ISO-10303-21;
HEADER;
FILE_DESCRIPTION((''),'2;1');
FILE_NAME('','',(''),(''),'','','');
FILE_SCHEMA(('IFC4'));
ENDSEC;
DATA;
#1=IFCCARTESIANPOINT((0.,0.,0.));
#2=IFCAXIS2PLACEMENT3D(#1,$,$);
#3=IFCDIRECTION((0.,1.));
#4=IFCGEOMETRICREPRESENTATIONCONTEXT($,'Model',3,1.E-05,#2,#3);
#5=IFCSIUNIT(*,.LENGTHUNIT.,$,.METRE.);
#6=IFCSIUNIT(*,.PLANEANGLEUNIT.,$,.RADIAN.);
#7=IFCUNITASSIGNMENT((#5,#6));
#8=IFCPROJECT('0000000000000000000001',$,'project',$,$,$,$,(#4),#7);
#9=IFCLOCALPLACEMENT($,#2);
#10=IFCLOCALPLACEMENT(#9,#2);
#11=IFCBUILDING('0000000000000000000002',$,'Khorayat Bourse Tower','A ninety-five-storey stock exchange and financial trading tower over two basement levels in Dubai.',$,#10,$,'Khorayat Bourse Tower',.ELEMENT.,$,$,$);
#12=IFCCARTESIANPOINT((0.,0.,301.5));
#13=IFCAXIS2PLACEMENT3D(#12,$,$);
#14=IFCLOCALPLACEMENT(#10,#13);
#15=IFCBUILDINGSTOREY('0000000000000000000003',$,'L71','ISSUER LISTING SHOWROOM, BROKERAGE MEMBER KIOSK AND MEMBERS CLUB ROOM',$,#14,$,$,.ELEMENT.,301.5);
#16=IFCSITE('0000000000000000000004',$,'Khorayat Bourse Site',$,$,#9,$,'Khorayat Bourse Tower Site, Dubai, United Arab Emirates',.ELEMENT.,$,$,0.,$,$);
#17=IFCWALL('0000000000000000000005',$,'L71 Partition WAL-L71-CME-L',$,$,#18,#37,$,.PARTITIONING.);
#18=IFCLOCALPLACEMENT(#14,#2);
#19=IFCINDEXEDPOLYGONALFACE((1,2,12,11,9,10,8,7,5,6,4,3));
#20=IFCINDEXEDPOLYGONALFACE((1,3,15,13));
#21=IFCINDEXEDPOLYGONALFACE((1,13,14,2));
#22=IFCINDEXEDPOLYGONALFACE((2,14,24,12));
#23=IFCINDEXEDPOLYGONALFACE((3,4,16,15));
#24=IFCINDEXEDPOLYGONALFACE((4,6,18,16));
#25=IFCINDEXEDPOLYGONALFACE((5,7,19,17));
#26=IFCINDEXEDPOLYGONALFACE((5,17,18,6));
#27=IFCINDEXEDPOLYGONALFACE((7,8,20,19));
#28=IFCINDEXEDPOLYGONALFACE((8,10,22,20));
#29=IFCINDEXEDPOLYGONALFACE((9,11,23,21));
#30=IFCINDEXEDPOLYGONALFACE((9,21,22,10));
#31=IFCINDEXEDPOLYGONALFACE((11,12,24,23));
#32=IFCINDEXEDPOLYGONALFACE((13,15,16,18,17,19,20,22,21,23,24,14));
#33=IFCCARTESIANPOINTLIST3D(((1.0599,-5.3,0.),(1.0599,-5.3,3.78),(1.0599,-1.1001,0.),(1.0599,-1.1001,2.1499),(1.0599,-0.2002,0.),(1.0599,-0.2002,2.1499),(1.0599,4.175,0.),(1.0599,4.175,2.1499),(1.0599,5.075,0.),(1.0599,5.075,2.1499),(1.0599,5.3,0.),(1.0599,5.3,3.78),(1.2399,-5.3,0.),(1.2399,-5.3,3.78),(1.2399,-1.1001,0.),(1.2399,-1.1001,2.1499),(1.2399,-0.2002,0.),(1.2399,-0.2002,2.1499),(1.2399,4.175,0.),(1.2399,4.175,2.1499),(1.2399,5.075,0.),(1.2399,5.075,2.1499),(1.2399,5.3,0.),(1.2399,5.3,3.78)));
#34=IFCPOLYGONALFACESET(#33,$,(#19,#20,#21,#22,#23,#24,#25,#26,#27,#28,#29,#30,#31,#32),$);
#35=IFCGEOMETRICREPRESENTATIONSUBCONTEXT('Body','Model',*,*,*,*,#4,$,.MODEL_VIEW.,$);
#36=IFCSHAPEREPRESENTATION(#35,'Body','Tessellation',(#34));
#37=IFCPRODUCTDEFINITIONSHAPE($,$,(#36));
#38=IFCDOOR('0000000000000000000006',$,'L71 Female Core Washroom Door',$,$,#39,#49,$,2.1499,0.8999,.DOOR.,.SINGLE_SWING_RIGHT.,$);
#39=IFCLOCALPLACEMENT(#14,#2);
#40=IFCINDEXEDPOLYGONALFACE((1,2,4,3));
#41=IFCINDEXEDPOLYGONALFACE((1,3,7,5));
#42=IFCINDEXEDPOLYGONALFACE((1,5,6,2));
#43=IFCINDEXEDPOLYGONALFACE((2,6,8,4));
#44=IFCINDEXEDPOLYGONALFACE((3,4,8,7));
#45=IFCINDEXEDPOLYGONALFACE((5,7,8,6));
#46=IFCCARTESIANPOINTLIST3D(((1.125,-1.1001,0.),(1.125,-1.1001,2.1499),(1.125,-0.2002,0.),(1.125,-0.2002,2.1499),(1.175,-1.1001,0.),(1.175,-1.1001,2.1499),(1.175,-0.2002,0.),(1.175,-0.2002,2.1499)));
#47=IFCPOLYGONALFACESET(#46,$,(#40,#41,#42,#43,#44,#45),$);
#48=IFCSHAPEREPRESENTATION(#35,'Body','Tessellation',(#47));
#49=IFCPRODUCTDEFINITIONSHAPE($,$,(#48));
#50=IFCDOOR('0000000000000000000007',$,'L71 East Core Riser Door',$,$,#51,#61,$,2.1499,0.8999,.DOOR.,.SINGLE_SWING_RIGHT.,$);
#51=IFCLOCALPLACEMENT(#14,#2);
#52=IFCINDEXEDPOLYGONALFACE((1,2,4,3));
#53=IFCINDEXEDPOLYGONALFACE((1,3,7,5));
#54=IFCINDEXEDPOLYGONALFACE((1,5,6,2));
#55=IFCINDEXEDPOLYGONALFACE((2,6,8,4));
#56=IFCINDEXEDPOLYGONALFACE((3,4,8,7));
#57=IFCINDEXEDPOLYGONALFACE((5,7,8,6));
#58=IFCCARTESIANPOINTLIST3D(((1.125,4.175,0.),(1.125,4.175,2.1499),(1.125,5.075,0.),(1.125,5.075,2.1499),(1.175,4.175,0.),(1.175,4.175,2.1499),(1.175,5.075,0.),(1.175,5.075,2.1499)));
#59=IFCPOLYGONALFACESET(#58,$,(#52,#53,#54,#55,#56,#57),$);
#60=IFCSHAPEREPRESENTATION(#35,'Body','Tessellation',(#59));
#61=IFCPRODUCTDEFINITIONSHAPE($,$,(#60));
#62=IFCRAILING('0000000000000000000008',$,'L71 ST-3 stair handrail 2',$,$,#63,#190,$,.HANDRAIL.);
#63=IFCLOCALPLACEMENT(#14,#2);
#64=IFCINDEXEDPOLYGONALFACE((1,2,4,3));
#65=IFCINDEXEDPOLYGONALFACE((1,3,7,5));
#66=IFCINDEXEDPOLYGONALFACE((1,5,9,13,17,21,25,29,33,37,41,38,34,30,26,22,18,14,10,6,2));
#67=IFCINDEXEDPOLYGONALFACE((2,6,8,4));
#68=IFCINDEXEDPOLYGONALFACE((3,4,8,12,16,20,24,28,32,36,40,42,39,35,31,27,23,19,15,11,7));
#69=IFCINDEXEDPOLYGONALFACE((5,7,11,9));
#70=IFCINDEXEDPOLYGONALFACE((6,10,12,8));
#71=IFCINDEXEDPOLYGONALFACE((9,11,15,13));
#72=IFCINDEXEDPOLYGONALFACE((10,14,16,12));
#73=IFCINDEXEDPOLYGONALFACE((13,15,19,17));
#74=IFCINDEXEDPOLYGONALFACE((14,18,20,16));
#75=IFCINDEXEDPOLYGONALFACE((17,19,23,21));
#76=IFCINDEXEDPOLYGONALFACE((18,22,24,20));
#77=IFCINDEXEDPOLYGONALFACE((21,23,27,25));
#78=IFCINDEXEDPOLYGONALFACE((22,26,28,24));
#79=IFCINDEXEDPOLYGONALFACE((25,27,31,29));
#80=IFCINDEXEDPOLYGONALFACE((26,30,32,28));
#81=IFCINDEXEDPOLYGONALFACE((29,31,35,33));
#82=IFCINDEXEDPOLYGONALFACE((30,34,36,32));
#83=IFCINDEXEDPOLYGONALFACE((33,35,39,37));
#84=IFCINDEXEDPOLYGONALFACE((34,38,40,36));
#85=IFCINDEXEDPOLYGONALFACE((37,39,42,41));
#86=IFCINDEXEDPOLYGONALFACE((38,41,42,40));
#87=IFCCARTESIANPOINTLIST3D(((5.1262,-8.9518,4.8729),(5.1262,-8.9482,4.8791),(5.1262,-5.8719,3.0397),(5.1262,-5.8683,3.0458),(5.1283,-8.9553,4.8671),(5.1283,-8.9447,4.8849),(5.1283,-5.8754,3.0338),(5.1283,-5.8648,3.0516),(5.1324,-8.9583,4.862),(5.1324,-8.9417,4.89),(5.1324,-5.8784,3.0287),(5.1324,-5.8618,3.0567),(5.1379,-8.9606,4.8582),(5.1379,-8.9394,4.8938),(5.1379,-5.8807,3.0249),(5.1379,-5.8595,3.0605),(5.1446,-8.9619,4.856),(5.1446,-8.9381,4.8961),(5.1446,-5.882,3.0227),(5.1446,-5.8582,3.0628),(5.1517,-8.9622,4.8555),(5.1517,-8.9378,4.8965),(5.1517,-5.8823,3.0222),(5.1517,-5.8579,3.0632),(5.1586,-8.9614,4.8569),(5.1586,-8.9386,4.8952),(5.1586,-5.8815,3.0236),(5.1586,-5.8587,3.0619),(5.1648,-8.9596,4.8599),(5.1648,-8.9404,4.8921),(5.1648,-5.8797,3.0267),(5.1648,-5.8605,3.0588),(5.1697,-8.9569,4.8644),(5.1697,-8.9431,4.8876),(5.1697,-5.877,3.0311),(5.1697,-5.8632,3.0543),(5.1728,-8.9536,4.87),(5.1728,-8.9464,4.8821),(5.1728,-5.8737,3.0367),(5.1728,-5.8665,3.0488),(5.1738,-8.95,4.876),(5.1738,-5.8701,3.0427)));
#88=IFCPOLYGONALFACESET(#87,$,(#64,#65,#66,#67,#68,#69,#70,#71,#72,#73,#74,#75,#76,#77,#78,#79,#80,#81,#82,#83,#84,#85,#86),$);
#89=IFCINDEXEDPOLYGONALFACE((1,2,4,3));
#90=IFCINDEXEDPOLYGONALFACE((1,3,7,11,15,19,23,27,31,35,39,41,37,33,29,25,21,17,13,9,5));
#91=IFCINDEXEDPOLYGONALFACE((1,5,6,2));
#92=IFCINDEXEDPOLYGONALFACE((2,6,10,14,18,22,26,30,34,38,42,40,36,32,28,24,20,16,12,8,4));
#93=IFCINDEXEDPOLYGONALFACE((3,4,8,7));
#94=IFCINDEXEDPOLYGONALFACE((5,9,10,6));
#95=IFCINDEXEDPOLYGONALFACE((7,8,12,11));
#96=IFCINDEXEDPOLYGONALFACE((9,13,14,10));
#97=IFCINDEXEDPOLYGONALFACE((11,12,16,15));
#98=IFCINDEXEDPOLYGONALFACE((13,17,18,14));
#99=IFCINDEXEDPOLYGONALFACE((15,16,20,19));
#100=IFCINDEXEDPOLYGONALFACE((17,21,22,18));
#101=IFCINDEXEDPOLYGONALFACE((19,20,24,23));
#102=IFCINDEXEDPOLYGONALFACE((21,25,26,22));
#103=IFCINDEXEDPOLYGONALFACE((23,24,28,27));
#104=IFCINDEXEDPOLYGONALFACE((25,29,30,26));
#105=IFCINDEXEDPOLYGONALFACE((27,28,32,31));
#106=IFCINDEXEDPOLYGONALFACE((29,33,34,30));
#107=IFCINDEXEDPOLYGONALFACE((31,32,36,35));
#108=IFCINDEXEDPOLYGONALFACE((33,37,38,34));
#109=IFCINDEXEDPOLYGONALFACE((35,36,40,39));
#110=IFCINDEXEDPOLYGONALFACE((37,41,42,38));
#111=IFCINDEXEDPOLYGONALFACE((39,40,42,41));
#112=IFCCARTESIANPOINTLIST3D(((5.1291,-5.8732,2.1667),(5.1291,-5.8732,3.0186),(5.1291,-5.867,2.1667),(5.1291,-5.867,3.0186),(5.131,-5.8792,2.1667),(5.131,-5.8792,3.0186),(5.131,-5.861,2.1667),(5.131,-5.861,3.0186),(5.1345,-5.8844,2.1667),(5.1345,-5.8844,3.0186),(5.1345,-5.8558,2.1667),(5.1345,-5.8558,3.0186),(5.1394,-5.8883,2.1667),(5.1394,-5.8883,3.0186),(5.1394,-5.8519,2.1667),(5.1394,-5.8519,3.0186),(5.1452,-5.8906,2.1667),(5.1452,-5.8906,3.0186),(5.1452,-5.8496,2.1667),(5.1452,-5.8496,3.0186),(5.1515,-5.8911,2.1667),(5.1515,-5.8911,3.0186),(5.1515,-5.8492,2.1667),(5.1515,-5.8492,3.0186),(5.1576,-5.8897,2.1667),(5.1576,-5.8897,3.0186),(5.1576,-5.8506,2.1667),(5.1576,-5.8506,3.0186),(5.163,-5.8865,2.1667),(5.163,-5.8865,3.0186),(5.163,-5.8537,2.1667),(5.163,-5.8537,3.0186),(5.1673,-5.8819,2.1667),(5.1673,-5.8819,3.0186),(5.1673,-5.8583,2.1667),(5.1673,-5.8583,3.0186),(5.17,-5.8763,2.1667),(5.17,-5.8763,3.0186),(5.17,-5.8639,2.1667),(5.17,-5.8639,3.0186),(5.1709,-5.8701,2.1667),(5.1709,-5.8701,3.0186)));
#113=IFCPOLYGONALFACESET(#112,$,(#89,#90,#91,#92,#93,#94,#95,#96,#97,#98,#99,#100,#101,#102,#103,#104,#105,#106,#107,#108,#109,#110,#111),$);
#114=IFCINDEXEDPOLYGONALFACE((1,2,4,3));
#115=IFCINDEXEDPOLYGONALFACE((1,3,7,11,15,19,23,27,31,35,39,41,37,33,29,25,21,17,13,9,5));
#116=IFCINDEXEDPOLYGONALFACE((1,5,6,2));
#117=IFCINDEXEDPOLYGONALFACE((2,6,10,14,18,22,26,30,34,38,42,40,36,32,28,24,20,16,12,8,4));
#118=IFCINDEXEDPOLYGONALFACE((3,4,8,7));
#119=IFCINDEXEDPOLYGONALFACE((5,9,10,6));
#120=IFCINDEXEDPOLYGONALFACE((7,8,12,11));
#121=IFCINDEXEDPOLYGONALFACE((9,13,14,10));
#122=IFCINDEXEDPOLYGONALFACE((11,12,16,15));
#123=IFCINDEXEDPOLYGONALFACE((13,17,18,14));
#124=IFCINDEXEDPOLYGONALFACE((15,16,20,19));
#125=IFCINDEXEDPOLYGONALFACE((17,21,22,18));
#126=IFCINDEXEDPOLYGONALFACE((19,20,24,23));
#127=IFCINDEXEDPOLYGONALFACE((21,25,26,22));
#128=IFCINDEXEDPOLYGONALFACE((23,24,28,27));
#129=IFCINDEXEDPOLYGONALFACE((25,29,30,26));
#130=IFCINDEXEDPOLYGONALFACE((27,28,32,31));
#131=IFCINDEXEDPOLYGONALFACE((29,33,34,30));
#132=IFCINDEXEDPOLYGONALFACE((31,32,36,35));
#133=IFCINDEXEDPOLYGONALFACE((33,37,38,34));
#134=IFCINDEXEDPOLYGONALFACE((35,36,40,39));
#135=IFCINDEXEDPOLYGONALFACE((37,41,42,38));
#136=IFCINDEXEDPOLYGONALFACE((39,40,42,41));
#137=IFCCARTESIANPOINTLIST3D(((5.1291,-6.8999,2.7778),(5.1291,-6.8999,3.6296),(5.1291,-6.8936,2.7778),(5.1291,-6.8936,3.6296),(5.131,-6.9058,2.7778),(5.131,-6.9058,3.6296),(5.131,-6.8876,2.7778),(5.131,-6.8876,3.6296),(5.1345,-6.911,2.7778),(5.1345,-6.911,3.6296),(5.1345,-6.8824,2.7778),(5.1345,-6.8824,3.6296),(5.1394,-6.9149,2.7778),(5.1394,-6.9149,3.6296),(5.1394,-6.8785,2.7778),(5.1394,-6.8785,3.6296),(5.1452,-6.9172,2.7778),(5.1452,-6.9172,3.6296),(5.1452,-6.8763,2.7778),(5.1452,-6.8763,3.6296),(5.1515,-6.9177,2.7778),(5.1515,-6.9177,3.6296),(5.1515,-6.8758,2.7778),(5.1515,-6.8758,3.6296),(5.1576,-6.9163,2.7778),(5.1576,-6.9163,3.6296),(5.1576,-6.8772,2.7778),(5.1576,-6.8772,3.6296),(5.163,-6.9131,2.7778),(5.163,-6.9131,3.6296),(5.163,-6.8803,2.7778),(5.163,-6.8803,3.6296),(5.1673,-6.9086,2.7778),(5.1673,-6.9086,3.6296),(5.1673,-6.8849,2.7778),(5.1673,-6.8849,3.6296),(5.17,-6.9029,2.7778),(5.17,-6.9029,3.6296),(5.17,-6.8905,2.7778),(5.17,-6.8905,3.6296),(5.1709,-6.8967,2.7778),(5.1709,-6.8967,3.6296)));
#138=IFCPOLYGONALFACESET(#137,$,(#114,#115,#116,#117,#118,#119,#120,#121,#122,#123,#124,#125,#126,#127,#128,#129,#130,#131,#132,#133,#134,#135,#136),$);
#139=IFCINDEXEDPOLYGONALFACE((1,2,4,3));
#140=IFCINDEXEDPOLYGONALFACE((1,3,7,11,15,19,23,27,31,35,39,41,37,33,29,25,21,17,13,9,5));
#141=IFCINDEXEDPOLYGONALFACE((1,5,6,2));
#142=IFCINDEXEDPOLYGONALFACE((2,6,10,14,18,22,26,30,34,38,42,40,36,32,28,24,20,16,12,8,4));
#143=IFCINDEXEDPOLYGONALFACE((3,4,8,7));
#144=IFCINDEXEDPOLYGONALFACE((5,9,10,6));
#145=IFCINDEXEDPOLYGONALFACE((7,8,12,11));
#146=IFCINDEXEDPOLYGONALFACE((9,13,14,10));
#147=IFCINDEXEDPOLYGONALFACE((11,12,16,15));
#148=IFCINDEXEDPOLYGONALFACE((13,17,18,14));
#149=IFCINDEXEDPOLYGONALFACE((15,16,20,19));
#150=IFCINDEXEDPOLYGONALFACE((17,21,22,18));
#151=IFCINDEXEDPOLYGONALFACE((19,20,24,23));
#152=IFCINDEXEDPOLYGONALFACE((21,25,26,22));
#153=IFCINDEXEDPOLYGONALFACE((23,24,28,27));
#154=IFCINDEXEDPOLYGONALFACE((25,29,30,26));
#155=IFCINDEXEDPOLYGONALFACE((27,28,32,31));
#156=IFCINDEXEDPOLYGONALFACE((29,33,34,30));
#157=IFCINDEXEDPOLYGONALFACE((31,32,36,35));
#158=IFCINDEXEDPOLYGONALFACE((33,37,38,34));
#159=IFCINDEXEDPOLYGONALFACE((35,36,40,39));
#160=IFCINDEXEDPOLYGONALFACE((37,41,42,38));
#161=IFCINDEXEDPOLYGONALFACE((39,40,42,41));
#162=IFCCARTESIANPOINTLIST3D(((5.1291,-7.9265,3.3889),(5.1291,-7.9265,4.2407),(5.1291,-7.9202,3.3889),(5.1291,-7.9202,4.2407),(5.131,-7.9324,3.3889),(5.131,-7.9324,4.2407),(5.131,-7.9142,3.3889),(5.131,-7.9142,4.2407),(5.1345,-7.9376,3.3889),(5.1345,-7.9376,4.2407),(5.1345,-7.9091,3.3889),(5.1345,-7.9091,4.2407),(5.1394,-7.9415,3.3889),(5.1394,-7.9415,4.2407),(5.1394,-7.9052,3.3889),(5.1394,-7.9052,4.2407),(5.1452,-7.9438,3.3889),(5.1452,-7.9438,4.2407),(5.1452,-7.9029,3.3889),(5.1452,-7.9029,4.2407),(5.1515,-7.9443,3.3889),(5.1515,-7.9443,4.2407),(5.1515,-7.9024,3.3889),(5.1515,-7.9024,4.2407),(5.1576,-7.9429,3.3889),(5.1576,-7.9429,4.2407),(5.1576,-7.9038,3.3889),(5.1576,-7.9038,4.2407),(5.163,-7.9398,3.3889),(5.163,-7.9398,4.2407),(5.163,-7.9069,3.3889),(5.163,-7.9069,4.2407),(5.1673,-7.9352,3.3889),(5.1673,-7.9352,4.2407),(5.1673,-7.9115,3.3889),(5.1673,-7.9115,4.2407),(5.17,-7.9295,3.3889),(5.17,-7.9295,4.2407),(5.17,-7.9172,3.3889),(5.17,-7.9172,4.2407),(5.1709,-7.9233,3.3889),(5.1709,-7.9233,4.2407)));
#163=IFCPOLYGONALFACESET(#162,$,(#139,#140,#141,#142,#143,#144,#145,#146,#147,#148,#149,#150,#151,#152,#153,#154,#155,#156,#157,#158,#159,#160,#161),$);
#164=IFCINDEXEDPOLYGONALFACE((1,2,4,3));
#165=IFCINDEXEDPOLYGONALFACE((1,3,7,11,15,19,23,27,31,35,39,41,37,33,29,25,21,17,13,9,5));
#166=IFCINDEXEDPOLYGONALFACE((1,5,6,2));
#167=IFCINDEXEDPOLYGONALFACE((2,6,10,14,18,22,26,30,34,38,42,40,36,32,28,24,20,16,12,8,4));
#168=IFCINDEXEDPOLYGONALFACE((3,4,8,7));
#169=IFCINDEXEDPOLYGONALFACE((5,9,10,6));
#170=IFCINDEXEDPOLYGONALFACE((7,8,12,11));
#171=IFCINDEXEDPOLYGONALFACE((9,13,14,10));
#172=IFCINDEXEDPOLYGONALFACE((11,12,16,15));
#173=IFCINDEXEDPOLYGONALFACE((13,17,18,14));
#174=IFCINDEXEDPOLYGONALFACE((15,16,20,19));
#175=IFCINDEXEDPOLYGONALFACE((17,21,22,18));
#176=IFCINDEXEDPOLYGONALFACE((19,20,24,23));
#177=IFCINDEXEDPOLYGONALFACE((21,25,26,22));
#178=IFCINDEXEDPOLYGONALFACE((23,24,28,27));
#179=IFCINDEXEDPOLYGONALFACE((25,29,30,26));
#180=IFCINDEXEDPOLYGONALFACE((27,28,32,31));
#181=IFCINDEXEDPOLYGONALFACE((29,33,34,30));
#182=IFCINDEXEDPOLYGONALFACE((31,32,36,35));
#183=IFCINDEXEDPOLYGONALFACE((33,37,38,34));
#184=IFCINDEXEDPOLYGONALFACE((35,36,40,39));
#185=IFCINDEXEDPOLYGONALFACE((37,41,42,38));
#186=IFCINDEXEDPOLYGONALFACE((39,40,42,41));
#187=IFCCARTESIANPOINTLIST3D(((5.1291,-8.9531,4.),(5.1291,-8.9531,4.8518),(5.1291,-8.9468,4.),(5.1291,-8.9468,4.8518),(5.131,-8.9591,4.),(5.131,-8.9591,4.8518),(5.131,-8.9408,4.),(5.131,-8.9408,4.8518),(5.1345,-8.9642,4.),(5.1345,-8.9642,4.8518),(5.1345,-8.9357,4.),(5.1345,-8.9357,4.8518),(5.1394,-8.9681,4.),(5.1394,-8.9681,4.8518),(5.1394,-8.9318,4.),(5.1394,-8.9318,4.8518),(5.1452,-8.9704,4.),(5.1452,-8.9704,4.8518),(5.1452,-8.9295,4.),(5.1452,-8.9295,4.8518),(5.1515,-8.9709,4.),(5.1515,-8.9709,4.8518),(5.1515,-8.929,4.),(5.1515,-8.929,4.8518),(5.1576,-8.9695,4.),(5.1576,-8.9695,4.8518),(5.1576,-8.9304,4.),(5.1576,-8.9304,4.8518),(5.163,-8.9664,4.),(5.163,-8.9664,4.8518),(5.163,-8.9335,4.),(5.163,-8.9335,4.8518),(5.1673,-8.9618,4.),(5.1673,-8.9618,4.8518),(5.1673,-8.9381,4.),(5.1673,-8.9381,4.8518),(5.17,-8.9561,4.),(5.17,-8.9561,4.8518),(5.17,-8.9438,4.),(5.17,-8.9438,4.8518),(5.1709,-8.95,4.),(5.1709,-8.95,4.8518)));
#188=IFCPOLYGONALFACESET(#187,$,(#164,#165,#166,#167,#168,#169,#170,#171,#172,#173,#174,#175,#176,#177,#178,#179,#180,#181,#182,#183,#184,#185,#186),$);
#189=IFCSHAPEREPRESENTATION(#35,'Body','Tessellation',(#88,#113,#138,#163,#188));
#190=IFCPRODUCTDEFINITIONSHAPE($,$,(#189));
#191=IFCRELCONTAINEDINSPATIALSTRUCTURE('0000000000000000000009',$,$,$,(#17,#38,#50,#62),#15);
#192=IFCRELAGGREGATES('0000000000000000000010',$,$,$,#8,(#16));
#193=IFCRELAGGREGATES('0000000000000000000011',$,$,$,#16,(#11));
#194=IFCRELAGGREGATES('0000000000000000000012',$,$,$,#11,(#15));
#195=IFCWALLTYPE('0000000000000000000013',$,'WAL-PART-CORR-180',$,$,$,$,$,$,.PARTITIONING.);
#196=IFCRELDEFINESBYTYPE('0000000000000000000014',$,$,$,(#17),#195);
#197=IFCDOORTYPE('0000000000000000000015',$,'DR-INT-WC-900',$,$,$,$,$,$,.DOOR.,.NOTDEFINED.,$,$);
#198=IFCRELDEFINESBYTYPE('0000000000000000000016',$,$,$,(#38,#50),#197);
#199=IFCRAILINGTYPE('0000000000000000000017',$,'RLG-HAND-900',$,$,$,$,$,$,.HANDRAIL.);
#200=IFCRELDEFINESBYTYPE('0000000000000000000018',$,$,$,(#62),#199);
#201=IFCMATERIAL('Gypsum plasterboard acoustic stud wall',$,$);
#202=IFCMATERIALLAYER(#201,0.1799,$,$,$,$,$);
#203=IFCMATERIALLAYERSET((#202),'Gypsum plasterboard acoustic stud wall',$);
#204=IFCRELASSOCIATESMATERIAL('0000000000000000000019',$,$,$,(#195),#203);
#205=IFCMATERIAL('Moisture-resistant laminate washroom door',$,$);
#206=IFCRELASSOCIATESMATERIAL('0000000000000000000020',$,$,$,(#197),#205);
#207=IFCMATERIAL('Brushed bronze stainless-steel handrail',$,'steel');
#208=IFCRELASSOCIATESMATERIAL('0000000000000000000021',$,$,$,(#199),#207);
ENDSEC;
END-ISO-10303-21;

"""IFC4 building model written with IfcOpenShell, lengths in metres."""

from ifc_helpers import new_model, si_unit, direction, frame, frame_2d, origin, origin_2d, place, context, subcontext, project, spatial, rectangle, circle, extrude, source, transform, mapped, material, layer, layer_set, type_object, element, fill, save


model = new_model("IFC4")

# Units and contexts
model_context = context("Model", 3, precision=1e-05, world=origin(), true_north=direction((0.0, 1.0)))
body_context = subcontext(model_context, "Body", "Model", "MODEL_VIEW")
ifc_project = project(units=[si_unit("LENGTHUNIT", "METRE"), si_unit("PLANEANGLEUNIT", "RADIAN")], contexts=[model_context])

# Site, building, storey
site_placement = place(None, origin())
site = spatial("IfcSite", under=ifc_project, at=site_placement, Name="Khorayat Bourse Site", LongName="Khorayat Bourse Tower Site, Dubai, United Arab Emirates", CompositionType="ELEMENT", RefElevation=0.0)
building_placement = place(site_placement, origin())
building = spatial("IfcBuilding", under=site, at=building_placement, Name="Khorayat Bourse Tower", Description="A ninety-five-storey stock exchange and financial trading tower over two basement levels in Dubai.", LongName="Khorayat Bourse Tower", CompositionType="ELEMENT")
storey_placement = place(building_placement, frame((0.0, 0.0, 301.5)))
storey = spatial("IfcBuildingStorey", under=building, at=storey_placement, Name="L71", Description="ISSUER LISTING SHOWROOM, BROKERAGE MEMBER KIOSK AND MEMBERS CLUB ROOM", CompositionType="ELEMENT", Elevation=301.5)

# Shared definitions
ifc_material_1 = material(Name="Gypsum plasterboard acoustic stud wall")
ifc_layer_1 = layer(ifc_material_1, 0.1799)
ifc_layer_set_1 = layer_set([ifc_layer_1], Name="Gypsum plasterboard acoustic stud wall")
wall_type_1 = type_object("IfcWallType", Name="WAL-PART-CORR-180", PredefinedType="PARTITIONING", material=ifc_layer_set_1)
shared_shape_1 = source(origin(), body_context, "Body", "SweptSolid", [
    extrude(rectangle(XDim=0.8999, YDim=2.1499, at=frame_2d((0.45, 1.075))), frame((0.0, 0.0999, 0.0), z_axis=(0.0, -1.0, 0.0), x_axis=(1.0, 0.0, 0.0)), (0.0, 0.0, 1.0), 0.2),
])
ifc_material_2 = material(Name="Moisture-resistant laminate washroom door")
door_type = type_object("IfcDoorType", Name="DR-INT-WC-900", OperationType="NOTDEFINED", PredefinedType="DOOR", material=ifc_material_2)
shared_shape_2 = source(origin(), body_context, "Body", "SweptSolid", [
    extrude(rectangle(XDim=0.8999, YDim=2.1499, at=frame_2d((0.45, 1.075))), frame((0.0, 0.0249, 0.0), z_axis=(0.0, -1.0, 0.0), x_axis=(1.0, 0.0, 0.0)), (0.0, 0.0, 1.0), 0.05),
])

# Wall, openings, doors
shared_shape_3 = source(origin(), body_context, "Body", "SweptSolid", [
    extrude(rectangle(XDim=10.6001, YDim=0.1799, at=frame_2d((5.3, 0.0))), origin(), (0.0, 0.0, 1.0), 3.78),
])
wall_1_placement = place(storey_placement, frame((1.1499, -5.3, 0.0), z_axis=(0.0, 0.0, 1.0), x_axis=(0.0, 1.0, 0.0)))
wall_1 = element("IfcWall", 1, at=wall_1_placement, inside=storey, type_object=wall_type_1, Name="L71 Partition WAL-L71-CME-L", PredefinedType="PARTITIONING", context=body_context, shape_type="MappedRepresentation", body=[
    mapped(shared_shape_3, transform((0.0, 0.0, 0.0), scale=1.0)),
])
opening_1_placement = place(wall_1_placement, frame((4.2, 0.0, 0.0)))
opening_1 = element("IfcOpeningElement", 2, at=opening_1_placement, cuts=wall_1, PredefinedType="OPENING", context=body_context, shape_type="MappedRepresentation", body=[
    mapped(shared_shape_1, transform((0.0, 0.0, 0.0), scale=1.0)),
])
opening_2_placement = place(wall_1_placement, frame((9.4751, 0.0, 0.0)))
opening_2 = element("IfcOpeningElement", 3, at=opening_2_placement, cuts=wall_1, PredefinedType="OPENING", context=body_context, shape_type="MappedRepresentation", body=[
    mapped(shared_shape_1, transform((0.0, 0.0, 0.0), scale=1.0)),
])
door_1_placement = place(opening_1_placement, origin())
door_1 = element("IfcDoor", 4, at=door_1_placement, inside=storey, type_object=door_type, Name="L71 Female Core Washroom Door", OperationType="SINGLE_SWING_RIGHT", OverallHeight=2.1499, OverallWidth=0.8999, PredefinedType="DOOR", context=body_context, shape_type="MappedRepresentation", body=[
    mapped(shared_shape_2, transform((0.0, 0.0, 0.0), scale=1.0)),
])
fill(opening_1, door_1)
door_2_placement = place(opening_2_placement, origin())
door_2 = element("IfcDoor", 5, at=door_2_placement, inside=storey, type_object=door_type, Name="L71 East Core Riser Door", OperationType="SINGLE_SWING_RIGHT", OverallHeight=2.1499, OverallWidth=0.8999, PredefinedType="DOOR", context=body_context, shape_type="MappedRepresentation", body=[
    mapped(shared_shape_2, transform((0.0, 0.0, 0.0), scale=1.0)),
])
fill(opening_2, door_2)

# Railing
ifc_material_3 = material(Name="Brushed bronze stainless-steel handrail", Category="steel")
railing_type = type_object("IfcRailingType", Name="RLG-HAND-900", PredefinedType="HANDRAIL", material=ifc_material_3)
shared_shape_4 = source(origin(), body_context, "Body", "SweptSolid", [
    extrude(circle(Radius=0.0239, at=origin_2d()), frame((0.0, 0.0, 0.876), z_axis=(0.0, -0.859291, 0.511487), x_axis=(1.0, 0.0, 0.0)), (0.0, 0.0, 1.0), 3.5842),
    extrude(circle(Radius=0.021, at=origin_2d()), origin(), (0.0, 0.0, 1.0), 0.8518),
    extrude(circle(Radius=0.021, at=origin_2d()), frame((0.0, -1.0266, 0.6111)), (0.0, 0.0, 1.0), 0.8518),
    extrude(circle(Radius=0.021, at=origin_2d()), frame((0.0, -2.0532, 1.2222)), (0.0, 0.0, 1.0), 0.8518),
    extrude(circle(Radius=0.021, at=origin_2d()), frame((0.0, -3.0798, 1.8333)), (0.0, 0.0, 1.0), 0.8518),
])
railing_placement = place(storey_placement, frame((5.1499, -5.8701, 2.1667)))
element("IfcRailing", 6, at=railing_placement, inside=storey, type_object=railing_type, Name="L71 ST-3 stair handrail 2", PredefinedType="HANDRAIL", context=body_context, shape_type="MappedRepresentation", body=[
    mapped(shared_shape_4, transform((0.0, 0.0, 0.0), scale=1.0)),
])

save(model, "model.ifc")
